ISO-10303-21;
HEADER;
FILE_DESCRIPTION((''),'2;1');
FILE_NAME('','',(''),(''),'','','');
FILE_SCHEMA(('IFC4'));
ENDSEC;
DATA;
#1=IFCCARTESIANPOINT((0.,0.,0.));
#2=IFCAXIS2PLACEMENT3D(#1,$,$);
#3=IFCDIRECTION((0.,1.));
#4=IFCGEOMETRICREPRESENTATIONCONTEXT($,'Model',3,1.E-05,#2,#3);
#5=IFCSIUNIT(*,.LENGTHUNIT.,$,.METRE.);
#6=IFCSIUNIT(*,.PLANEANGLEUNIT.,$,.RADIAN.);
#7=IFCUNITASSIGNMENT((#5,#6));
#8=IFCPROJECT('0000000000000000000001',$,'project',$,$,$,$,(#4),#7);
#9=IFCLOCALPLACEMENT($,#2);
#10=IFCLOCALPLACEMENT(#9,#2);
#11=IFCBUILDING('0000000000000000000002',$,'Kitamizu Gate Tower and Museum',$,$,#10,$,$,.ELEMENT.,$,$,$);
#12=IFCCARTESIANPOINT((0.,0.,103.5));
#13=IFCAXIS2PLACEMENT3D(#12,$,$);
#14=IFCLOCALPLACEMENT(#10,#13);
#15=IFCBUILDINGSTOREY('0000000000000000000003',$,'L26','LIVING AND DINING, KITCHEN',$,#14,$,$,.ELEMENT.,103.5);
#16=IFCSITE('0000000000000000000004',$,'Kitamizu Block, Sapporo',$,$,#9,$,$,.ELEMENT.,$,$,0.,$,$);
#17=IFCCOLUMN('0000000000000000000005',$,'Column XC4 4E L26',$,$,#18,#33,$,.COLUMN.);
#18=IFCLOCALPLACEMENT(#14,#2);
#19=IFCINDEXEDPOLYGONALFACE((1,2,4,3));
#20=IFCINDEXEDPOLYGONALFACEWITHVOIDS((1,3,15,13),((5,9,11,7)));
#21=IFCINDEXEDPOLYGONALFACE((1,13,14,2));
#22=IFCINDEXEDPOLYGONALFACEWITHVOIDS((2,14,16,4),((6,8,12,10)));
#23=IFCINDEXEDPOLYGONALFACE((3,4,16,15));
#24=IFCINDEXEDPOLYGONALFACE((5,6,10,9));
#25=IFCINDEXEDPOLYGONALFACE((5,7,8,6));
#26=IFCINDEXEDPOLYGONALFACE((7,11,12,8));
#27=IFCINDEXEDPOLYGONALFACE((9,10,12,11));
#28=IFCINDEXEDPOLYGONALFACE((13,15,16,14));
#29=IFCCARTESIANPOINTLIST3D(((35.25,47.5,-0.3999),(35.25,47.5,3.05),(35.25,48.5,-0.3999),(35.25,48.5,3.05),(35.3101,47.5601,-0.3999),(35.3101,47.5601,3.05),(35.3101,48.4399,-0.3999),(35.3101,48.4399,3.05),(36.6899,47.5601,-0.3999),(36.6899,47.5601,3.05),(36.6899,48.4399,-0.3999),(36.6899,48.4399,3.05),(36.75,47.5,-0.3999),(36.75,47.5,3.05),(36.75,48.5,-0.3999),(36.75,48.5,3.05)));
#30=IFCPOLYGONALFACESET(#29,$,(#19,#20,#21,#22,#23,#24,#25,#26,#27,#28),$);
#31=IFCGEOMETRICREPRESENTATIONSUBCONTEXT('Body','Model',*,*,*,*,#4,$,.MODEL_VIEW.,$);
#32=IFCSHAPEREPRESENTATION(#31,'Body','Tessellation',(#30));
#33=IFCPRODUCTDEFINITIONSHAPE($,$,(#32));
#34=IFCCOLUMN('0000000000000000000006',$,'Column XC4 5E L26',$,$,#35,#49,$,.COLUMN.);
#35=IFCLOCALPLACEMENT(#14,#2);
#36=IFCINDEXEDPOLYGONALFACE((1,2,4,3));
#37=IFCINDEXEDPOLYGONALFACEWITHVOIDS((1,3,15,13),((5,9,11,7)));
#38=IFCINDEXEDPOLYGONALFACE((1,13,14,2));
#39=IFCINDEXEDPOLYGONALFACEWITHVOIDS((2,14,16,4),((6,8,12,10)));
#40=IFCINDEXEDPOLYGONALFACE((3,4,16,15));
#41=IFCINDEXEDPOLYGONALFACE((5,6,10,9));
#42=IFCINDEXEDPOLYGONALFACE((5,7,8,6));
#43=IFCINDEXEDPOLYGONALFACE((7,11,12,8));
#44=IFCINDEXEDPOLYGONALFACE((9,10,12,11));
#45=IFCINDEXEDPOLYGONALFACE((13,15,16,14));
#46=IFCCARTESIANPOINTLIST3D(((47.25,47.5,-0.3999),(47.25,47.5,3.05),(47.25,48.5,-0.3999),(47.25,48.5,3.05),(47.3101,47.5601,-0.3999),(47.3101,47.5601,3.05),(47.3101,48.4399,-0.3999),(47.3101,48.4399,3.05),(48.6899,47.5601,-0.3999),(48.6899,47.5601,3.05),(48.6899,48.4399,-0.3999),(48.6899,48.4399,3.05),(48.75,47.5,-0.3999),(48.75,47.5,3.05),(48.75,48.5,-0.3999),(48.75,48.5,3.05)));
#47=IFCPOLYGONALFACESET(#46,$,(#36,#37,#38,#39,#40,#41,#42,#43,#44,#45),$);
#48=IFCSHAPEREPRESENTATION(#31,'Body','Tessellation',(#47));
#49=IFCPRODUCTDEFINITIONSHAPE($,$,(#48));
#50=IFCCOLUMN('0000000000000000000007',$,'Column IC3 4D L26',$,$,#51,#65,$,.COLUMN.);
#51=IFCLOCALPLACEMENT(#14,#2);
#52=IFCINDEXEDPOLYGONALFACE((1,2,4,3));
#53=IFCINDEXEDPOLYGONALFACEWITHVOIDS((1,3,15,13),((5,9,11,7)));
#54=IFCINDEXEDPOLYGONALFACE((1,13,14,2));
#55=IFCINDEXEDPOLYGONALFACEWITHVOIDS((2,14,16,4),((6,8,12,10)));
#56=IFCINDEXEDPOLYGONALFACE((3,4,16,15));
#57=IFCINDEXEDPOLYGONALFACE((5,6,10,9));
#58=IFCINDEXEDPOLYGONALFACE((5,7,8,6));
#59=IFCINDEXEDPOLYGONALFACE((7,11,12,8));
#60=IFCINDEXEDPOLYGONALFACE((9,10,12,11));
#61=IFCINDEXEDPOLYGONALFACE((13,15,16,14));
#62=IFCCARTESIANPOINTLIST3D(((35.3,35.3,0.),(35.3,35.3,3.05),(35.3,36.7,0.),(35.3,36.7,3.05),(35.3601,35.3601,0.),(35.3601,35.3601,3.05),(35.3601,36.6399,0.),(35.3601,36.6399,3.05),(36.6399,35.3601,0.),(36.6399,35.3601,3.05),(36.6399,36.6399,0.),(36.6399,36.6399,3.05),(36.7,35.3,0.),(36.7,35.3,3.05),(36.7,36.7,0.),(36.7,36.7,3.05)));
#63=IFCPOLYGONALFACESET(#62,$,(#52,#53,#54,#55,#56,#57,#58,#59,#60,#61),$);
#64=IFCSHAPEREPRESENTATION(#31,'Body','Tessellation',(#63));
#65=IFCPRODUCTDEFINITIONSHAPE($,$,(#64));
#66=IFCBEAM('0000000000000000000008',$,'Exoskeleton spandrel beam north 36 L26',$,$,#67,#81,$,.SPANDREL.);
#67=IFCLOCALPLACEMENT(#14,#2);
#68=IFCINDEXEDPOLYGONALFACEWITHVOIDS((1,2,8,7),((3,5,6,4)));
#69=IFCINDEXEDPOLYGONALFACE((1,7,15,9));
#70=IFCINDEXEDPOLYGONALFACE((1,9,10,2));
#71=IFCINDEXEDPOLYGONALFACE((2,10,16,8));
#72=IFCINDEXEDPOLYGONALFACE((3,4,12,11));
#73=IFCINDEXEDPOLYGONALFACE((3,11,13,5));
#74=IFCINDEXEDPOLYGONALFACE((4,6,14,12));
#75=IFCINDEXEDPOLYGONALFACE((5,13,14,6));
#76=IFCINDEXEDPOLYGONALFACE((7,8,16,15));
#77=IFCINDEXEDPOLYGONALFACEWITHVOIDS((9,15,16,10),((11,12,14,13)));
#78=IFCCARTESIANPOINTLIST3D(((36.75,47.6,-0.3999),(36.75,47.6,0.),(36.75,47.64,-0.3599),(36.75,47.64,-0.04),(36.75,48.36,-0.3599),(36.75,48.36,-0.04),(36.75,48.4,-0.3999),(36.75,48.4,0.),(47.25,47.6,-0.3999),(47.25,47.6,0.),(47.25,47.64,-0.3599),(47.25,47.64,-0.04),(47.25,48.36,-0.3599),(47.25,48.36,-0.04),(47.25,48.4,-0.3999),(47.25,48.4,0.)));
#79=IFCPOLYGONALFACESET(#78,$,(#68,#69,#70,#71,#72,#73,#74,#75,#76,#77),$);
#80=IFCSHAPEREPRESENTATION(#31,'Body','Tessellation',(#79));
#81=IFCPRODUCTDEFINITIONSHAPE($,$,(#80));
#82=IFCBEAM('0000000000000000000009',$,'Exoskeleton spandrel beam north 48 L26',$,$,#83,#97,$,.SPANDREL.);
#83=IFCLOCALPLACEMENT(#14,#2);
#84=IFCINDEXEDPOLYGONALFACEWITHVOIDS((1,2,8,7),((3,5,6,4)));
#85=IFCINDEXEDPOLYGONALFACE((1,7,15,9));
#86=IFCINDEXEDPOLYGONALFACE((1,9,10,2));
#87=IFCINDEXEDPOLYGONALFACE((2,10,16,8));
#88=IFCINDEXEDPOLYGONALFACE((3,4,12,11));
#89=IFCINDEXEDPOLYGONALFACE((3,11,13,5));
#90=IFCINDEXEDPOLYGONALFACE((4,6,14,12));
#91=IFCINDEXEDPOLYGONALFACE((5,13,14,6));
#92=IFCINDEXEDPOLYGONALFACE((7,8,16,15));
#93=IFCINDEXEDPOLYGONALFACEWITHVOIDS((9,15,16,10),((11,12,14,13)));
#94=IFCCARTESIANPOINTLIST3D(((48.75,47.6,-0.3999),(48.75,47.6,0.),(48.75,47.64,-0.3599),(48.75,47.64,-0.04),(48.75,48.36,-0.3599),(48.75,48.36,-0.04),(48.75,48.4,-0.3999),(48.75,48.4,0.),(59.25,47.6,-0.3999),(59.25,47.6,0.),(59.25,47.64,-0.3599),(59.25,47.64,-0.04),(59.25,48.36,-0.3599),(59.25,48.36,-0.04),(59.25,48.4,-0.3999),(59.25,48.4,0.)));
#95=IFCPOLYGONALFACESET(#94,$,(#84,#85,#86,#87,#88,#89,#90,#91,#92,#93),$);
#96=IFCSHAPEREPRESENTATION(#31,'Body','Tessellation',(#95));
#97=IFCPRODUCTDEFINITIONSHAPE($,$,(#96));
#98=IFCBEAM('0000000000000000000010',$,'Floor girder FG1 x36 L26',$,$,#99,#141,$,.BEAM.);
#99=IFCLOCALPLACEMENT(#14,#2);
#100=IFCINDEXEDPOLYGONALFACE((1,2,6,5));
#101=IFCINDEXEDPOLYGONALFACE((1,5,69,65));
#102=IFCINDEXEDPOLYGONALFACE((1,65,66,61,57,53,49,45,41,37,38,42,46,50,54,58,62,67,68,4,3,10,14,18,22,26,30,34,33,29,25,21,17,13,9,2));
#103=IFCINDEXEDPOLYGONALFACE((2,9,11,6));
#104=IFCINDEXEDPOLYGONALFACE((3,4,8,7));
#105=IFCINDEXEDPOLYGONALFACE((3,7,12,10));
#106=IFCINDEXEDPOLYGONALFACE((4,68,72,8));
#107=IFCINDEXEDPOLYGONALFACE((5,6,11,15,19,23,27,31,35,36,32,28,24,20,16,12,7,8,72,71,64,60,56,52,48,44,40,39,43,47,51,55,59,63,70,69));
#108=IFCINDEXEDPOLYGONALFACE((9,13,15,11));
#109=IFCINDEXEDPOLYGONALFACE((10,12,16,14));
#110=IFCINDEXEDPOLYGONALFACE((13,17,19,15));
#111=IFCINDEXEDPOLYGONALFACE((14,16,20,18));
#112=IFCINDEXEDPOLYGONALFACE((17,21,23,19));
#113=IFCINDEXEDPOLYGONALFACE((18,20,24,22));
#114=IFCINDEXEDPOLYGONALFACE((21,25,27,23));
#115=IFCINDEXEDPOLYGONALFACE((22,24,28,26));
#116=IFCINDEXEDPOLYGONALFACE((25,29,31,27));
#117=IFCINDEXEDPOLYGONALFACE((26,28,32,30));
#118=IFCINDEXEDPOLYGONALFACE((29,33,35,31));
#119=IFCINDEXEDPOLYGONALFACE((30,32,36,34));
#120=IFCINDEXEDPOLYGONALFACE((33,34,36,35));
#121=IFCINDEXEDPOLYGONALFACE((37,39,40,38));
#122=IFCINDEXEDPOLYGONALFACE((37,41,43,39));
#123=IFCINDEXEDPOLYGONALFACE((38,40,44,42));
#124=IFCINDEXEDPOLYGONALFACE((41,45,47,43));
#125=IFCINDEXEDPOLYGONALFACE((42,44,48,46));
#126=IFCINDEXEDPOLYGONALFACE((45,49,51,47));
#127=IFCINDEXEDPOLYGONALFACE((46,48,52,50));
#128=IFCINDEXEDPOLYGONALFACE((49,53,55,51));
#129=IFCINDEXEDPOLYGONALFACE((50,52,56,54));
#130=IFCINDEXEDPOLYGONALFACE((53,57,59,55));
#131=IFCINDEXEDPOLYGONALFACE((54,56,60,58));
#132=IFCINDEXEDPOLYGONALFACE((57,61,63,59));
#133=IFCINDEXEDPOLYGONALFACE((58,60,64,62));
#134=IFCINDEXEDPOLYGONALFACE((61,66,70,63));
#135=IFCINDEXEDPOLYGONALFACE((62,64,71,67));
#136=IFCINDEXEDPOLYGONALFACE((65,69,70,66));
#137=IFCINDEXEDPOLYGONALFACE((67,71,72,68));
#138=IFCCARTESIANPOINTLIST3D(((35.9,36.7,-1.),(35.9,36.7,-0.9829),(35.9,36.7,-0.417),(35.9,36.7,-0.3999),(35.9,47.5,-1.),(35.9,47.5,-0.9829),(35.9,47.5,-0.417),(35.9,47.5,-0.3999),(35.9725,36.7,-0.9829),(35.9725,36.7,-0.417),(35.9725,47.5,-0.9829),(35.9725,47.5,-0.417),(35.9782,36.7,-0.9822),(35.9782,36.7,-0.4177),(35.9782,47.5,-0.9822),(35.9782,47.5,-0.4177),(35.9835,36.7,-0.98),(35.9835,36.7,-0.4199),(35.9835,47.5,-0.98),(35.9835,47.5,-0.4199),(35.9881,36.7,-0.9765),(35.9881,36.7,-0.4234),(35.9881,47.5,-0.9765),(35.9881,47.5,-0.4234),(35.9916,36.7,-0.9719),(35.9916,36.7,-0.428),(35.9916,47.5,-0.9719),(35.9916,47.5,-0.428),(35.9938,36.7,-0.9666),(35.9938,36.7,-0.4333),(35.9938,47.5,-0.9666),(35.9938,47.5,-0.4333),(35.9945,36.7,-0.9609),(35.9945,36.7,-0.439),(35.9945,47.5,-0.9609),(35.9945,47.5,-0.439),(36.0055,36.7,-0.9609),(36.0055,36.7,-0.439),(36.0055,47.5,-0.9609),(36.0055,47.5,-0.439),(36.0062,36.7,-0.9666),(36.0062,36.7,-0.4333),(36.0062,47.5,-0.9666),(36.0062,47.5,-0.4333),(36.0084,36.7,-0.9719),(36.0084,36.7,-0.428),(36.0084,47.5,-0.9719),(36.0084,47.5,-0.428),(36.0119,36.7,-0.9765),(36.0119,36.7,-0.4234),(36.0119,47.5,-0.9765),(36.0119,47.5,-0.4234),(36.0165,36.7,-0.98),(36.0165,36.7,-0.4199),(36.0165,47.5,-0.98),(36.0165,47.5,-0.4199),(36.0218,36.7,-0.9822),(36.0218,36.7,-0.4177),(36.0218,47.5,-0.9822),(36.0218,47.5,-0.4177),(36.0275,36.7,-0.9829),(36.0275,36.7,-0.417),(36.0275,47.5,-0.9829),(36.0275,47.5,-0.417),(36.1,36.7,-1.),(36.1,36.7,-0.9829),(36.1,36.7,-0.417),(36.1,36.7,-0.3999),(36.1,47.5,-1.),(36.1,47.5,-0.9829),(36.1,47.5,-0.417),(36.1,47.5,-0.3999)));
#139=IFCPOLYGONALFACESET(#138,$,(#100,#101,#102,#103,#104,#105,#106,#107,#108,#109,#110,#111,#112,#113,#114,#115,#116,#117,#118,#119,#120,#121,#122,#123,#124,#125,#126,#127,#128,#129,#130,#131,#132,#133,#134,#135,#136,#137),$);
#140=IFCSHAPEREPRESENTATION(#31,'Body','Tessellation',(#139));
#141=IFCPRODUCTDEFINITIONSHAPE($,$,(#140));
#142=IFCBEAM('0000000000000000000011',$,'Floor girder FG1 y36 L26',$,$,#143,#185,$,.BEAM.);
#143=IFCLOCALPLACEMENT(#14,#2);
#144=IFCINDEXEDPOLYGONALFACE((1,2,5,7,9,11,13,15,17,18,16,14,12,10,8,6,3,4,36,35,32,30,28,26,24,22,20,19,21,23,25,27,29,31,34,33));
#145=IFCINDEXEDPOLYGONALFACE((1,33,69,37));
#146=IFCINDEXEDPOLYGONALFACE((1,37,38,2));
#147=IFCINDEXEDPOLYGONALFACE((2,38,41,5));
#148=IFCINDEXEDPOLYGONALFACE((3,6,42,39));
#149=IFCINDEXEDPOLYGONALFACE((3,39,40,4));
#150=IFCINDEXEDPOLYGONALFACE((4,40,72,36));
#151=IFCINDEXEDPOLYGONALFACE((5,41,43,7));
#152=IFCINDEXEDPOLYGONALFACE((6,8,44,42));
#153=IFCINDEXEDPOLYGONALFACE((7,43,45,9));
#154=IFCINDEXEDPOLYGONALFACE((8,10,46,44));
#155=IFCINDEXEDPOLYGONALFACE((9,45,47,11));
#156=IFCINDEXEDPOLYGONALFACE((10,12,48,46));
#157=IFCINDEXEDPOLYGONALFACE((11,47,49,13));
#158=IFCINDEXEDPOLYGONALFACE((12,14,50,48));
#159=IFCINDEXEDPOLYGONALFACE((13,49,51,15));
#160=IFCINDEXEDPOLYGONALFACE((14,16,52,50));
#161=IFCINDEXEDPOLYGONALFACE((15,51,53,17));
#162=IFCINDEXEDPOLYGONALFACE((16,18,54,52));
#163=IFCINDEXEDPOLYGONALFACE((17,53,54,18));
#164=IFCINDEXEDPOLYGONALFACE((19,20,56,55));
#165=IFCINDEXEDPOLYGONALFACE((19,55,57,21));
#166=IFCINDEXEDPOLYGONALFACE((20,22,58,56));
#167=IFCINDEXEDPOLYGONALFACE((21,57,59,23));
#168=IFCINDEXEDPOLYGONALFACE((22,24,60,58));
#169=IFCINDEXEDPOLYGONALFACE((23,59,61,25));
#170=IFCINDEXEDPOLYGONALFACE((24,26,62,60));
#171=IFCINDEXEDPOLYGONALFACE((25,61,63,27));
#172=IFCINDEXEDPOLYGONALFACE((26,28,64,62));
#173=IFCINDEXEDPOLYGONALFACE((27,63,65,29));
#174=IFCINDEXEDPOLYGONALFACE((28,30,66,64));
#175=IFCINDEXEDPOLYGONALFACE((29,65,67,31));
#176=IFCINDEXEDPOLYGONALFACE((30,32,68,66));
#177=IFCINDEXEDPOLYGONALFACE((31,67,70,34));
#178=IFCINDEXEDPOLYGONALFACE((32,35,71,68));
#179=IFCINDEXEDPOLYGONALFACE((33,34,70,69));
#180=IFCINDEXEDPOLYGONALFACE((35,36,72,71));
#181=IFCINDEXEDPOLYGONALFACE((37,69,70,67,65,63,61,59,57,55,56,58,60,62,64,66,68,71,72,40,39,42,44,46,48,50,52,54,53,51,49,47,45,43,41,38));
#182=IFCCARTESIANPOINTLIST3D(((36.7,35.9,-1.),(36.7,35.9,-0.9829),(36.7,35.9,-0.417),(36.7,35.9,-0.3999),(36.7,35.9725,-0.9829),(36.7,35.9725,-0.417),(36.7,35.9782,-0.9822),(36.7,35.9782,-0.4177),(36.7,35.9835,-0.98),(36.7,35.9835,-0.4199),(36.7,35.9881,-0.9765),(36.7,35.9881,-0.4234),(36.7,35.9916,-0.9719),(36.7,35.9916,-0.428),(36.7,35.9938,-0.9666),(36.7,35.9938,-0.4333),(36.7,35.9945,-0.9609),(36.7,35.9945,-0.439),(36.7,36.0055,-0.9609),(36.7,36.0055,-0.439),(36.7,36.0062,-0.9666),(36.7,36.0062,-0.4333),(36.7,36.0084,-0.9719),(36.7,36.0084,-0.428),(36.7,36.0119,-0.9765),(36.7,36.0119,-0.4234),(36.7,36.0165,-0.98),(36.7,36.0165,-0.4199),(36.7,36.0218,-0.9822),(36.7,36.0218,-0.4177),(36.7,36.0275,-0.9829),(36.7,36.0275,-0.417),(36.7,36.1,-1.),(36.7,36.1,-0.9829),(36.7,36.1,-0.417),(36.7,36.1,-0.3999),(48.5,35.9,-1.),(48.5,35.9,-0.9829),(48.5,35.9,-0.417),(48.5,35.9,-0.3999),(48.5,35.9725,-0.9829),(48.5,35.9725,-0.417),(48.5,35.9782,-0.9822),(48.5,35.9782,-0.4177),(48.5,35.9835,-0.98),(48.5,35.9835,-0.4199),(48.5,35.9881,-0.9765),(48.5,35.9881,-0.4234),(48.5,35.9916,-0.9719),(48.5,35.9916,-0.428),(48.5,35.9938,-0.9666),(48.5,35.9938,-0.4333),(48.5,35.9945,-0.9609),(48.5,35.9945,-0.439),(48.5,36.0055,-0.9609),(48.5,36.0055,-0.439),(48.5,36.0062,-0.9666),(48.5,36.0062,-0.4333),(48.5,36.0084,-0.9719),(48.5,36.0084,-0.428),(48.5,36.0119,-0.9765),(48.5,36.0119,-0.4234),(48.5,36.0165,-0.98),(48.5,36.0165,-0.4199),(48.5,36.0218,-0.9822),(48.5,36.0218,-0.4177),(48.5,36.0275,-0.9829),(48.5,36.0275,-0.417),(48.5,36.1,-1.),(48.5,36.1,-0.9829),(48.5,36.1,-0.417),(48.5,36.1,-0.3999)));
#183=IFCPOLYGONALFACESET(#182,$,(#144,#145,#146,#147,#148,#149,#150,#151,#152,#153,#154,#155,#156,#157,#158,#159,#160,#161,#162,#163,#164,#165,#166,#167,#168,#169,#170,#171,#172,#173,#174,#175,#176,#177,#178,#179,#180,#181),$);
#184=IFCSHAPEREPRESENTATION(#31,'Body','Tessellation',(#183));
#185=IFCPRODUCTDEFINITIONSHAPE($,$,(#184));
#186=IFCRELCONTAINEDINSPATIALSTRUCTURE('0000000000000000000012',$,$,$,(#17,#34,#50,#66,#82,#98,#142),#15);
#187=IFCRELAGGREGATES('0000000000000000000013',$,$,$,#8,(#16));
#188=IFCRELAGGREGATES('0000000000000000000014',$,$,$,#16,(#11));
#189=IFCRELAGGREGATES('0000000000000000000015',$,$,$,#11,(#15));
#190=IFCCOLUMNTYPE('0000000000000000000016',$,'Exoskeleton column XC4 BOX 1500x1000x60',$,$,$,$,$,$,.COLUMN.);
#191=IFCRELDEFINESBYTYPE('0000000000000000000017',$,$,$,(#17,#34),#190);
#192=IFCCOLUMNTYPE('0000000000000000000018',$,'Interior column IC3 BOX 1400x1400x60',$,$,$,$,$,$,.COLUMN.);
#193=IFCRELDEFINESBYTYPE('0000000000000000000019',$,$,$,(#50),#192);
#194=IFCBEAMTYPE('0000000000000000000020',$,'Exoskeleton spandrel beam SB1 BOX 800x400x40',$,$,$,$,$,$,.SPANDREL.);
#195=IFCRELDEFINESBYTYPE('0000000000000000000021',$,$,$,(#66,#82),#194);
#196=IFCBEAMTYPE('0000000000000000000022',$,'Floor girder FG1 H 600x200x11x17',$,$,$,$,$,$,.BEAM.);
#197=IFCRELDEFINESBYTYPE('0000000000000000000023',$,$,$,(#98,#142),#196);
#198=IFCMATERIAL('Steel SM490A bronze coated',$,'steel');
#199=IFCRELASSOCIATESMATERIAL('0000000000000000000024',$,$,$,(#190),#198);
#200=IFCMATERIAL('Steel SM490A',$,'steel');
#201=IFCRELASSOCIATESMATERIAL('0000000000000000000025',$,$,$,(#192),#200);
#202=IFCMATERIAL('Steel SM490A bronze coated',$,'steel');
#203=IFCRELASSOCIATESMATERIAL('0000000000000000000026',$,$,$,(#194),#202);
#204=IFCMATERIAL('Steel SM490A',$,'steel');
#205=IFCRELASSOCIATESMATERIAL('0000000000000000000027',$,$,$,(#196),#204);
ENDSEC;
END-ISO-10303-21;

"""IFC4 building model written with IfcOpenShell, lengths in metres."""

from ifc_helpers import new_model, si_unit, direction, frame, origin, origin_2d, place, context, subcontext, project, spatial, hollow_rectangle, i_section, extrude, material, material_profile, profile_set, type_object, element, save


model = new_model("IFC4")

# Units and contexts
model_context = context("Model", 3, precision=1e-05, world=origin(), true_north=direction((0.0, 1.0)))
body_context = subcontext(model_context, "Body", "Model", "MODEL_VIEW")
ifc_project = project(units=[si_unit("LENGTHUNIT", "METRE"), si_unit("PLANEANGLEUNIT", "RADIAN")], contexts=[model_context])

# Site, building, storey
site_placement = place(None, origin())
site = spatial("IfcSite", under=ifc_project, at=site_placement, Name="Kitamizu Block, Sapporo", CompositionType="ELEMENT", RefElevation=0.0)
building_placement = place(site_placement, origin())
building = spatial("IfcBuilding", under=site, at=building_placement, Name="Kitamizu Gate Tower and Museum", CompositionType="ELEMENT")
storey_placement = place(building_placement, frame((0.0, 0.0, 103.5)))
storey = spatial("IfcBuildingStorey", under=building, at=storey_placement, Name="L26", Description="LIVING AND DINING, KITCHEN", CompositionType="ELEMENT", Elevation=103.5)

# Columns
ifc_material_1 = material(Name="Steel SM490A bronze coated", Category="steel")
ifc_material_profile_1 = material_profile(ifc_material_1, hollow_rectangle(XDim=1.5, YDim=1.0, WallThickness=0.0601, at=origin_2d()), Name="BOX 1500x1000x60")
ifc_profile_set_1 = profile_set([ifc_material_profile_1], Name="Steel SM490A bronze coated")
column_type_1 = type_object("IfcColumnType", Name="Exoskeleton column XC4 BOX 1500x1000x60", PredefinedType="COLUMN", material=ifc_profile_set_1)
for number, where, z_axis, x_axis, name in (
    (1, (36.0, 48.0, -0.3999), (0.0, 0.0, 1.0), (1.0, 0.0, 0.0), "Column XC4 4E L26"),
    (2, (48.0, 48.0, -0.3999), (0.0, 0.0, 1.0), (1.0, 0.0, 0.0), "Column XC4 5E L26"),
):
    element("IfcColumn", number, at=place(storey_placement, frame(where, z_axis=z_axis, x_axis=x_axis)), inside=storey, type_object=column_type_1, Name=name, PredefinedType="COLUMN", context=body_context, shape_type="SweptSolid", body=[
        extrude(hollow_rectangle(XDim=1.5, YDim=1.0, WallThickness=0.0601, at=origin_2d()), origin(), (0.0, 0.0, 1.0), 3.45),
    ])
ifc_material_2 = material(Name="Steel SM490A", Category="steel")
ifc_material_profile_2 = material_profile(ifc_material_2, hollow_rectangle(XDim=1.3999, YDim=1.3999, WallThickness=0.0601, at=origin_2d()), Name="BOX 1400x1400x60")
ifc_profile_set_2 = profile_set([ifc_material_profile_2], Name="Steel SM490A")
column_type_2 = type_object("IfcColumnType", Name="Interior column IC3 BOX 1400x1400x60", PredefinedType="COLUMN", material=ifc_profile_set_2)
column_placement = place(storey_placement, frame((36.0, 36.0, 0.0), z_axis=(0.0, 0.0, 1.0), x_axis=(1.0, 0.0, 0.0)))
element("IfcColumn", 3, at=column_placement, inside=storey, type_object=column_type_2, Name="Column IC3 4D L26", PredefinedType="COLUMN", context=body_context, shape_type="SweptSolid", body=[
    extrude(hollow_rectangle(XDim=1.3999, YDim=1.3999, WallThickness=0.0601, at=origin_2d()), origin(), (0.0, 0.0, 1.0), 3.05),
])

# Beams
ifc_material_3 = material(Name="Steel SM490A bronze coated", Category="steel")
ifc_material_profile_3 = material_profile(ifc_material_3, hollow_rectangle(XDim=0.8, YDim=0.3999, WallThickness=0.04, at=origin_2d()), Name="BOX 800x400x40")
ifc_profile_set_3 = profile_set([ifc_material_profile_3], Name="Steel SM490A bronze coated")
beam_type_1 = type_object("IfcBeamType", Name="Exoskeleton spandrel beam SB1 BOX 800x400x40", PredefinedType="SPANDREL", material=ifc_profile_set_3)
for number, where, z_axis, x_axis, name in (
    (4, (36.75, 48.0, -0.2), (1.0, 0.0, 0.0), (0.0, 1.0, 0.0), "Exoskeleton spandrel beam north 36 L26"),
    (5, (48.75, 48.0, -0.2), (1.0, 0.0, 0.0), (0.0, 1.0, 0.0), "Exoskeleton spandrel beam north 48 L26"),
):
    element("IfcBeam", number, at=place(storey_placement, frame(where, z_axis=z_axis, x_axis=x_axis)), inside=storey, type_object=beam_type_1, Name=name, PredefinedType="SPANDREL", context=body_context, shape_type="SweptSolid", body=[
        extrude(hollow_rectangle(XDim=0.8, YDim=0.3999, WallThickness=0.04, at=origin_2d()), origin(), (0.0, 0.0, 1.0), 10.5),
    ])
ifc_material_4 = material(Name="Steel SM490A", Category="steel")
ifc_material_profile_4 = material_profile(ifc_material_4, i_section(OverallWidth=0.2, OverallDepth=0.6001, WebThickness=0.011, FlangeThickness=0.0171, FilletRadius=0.022, at=origin_2d()), Name="H-600x200x11x17")
ifc_profile_set_4 = profile_set([ifc_material_profile_4], Name="Steel SM490A")
beam_type_2 = type_object("IfcBeamType", Name="Floor girder FG1 H 600x200x11x17", PredefinedType="BEAM", material=ifc_profile_set_4)
beam_1_placement = place(storey_placement, frame((36.0, 36.7, -0.7), z_axis=(0.0, 1.0, 0.0), x_axis=(-1.0, 0.0, 0.0)))
element("IfcBeam", 6, at=beam_1_placement, inside=storey, type_object=beam_type_2, Name="Floor girder FG1 x36 L26", PredefinedType="BEAM", context=body_context, shape_type="SweptSolid", body=[
    extrude(i_section(OverallWidth=0.2, OverallDepth=0.6001, WebThickness=0.011, FlangeThickness=0.0171, FilletRadius=0.022, at=origin_2d()), origin(), (0.0, 0.0, 1.0), 10.8),
])
beam_2_placement = place(storey_placement, frame((36.7, 36.0, -0.7), z_axis=(1.0, 0.0, 0.0), x_axis=(0.0, 1.0, 0.0)))
element("IfcBeam", 7, at=beam_2_placement, inside=storey, type_object=beam_type_2, Name="Floor girder FG1 y36 L26", PredefinedType="BEAM", context=body_context, shape_type="SweptSolid", body=[
    extrude(i_section(OverallWidth=0.2, OverallDepth=0.6001, WebThickness=0.011, FlangeThickness=0.0171, FilletRadius=0.022, at=origin_2d()), origin(), (0.0, 0.0, 1.0), 11.8),
])

save(model, "model.ifc")
